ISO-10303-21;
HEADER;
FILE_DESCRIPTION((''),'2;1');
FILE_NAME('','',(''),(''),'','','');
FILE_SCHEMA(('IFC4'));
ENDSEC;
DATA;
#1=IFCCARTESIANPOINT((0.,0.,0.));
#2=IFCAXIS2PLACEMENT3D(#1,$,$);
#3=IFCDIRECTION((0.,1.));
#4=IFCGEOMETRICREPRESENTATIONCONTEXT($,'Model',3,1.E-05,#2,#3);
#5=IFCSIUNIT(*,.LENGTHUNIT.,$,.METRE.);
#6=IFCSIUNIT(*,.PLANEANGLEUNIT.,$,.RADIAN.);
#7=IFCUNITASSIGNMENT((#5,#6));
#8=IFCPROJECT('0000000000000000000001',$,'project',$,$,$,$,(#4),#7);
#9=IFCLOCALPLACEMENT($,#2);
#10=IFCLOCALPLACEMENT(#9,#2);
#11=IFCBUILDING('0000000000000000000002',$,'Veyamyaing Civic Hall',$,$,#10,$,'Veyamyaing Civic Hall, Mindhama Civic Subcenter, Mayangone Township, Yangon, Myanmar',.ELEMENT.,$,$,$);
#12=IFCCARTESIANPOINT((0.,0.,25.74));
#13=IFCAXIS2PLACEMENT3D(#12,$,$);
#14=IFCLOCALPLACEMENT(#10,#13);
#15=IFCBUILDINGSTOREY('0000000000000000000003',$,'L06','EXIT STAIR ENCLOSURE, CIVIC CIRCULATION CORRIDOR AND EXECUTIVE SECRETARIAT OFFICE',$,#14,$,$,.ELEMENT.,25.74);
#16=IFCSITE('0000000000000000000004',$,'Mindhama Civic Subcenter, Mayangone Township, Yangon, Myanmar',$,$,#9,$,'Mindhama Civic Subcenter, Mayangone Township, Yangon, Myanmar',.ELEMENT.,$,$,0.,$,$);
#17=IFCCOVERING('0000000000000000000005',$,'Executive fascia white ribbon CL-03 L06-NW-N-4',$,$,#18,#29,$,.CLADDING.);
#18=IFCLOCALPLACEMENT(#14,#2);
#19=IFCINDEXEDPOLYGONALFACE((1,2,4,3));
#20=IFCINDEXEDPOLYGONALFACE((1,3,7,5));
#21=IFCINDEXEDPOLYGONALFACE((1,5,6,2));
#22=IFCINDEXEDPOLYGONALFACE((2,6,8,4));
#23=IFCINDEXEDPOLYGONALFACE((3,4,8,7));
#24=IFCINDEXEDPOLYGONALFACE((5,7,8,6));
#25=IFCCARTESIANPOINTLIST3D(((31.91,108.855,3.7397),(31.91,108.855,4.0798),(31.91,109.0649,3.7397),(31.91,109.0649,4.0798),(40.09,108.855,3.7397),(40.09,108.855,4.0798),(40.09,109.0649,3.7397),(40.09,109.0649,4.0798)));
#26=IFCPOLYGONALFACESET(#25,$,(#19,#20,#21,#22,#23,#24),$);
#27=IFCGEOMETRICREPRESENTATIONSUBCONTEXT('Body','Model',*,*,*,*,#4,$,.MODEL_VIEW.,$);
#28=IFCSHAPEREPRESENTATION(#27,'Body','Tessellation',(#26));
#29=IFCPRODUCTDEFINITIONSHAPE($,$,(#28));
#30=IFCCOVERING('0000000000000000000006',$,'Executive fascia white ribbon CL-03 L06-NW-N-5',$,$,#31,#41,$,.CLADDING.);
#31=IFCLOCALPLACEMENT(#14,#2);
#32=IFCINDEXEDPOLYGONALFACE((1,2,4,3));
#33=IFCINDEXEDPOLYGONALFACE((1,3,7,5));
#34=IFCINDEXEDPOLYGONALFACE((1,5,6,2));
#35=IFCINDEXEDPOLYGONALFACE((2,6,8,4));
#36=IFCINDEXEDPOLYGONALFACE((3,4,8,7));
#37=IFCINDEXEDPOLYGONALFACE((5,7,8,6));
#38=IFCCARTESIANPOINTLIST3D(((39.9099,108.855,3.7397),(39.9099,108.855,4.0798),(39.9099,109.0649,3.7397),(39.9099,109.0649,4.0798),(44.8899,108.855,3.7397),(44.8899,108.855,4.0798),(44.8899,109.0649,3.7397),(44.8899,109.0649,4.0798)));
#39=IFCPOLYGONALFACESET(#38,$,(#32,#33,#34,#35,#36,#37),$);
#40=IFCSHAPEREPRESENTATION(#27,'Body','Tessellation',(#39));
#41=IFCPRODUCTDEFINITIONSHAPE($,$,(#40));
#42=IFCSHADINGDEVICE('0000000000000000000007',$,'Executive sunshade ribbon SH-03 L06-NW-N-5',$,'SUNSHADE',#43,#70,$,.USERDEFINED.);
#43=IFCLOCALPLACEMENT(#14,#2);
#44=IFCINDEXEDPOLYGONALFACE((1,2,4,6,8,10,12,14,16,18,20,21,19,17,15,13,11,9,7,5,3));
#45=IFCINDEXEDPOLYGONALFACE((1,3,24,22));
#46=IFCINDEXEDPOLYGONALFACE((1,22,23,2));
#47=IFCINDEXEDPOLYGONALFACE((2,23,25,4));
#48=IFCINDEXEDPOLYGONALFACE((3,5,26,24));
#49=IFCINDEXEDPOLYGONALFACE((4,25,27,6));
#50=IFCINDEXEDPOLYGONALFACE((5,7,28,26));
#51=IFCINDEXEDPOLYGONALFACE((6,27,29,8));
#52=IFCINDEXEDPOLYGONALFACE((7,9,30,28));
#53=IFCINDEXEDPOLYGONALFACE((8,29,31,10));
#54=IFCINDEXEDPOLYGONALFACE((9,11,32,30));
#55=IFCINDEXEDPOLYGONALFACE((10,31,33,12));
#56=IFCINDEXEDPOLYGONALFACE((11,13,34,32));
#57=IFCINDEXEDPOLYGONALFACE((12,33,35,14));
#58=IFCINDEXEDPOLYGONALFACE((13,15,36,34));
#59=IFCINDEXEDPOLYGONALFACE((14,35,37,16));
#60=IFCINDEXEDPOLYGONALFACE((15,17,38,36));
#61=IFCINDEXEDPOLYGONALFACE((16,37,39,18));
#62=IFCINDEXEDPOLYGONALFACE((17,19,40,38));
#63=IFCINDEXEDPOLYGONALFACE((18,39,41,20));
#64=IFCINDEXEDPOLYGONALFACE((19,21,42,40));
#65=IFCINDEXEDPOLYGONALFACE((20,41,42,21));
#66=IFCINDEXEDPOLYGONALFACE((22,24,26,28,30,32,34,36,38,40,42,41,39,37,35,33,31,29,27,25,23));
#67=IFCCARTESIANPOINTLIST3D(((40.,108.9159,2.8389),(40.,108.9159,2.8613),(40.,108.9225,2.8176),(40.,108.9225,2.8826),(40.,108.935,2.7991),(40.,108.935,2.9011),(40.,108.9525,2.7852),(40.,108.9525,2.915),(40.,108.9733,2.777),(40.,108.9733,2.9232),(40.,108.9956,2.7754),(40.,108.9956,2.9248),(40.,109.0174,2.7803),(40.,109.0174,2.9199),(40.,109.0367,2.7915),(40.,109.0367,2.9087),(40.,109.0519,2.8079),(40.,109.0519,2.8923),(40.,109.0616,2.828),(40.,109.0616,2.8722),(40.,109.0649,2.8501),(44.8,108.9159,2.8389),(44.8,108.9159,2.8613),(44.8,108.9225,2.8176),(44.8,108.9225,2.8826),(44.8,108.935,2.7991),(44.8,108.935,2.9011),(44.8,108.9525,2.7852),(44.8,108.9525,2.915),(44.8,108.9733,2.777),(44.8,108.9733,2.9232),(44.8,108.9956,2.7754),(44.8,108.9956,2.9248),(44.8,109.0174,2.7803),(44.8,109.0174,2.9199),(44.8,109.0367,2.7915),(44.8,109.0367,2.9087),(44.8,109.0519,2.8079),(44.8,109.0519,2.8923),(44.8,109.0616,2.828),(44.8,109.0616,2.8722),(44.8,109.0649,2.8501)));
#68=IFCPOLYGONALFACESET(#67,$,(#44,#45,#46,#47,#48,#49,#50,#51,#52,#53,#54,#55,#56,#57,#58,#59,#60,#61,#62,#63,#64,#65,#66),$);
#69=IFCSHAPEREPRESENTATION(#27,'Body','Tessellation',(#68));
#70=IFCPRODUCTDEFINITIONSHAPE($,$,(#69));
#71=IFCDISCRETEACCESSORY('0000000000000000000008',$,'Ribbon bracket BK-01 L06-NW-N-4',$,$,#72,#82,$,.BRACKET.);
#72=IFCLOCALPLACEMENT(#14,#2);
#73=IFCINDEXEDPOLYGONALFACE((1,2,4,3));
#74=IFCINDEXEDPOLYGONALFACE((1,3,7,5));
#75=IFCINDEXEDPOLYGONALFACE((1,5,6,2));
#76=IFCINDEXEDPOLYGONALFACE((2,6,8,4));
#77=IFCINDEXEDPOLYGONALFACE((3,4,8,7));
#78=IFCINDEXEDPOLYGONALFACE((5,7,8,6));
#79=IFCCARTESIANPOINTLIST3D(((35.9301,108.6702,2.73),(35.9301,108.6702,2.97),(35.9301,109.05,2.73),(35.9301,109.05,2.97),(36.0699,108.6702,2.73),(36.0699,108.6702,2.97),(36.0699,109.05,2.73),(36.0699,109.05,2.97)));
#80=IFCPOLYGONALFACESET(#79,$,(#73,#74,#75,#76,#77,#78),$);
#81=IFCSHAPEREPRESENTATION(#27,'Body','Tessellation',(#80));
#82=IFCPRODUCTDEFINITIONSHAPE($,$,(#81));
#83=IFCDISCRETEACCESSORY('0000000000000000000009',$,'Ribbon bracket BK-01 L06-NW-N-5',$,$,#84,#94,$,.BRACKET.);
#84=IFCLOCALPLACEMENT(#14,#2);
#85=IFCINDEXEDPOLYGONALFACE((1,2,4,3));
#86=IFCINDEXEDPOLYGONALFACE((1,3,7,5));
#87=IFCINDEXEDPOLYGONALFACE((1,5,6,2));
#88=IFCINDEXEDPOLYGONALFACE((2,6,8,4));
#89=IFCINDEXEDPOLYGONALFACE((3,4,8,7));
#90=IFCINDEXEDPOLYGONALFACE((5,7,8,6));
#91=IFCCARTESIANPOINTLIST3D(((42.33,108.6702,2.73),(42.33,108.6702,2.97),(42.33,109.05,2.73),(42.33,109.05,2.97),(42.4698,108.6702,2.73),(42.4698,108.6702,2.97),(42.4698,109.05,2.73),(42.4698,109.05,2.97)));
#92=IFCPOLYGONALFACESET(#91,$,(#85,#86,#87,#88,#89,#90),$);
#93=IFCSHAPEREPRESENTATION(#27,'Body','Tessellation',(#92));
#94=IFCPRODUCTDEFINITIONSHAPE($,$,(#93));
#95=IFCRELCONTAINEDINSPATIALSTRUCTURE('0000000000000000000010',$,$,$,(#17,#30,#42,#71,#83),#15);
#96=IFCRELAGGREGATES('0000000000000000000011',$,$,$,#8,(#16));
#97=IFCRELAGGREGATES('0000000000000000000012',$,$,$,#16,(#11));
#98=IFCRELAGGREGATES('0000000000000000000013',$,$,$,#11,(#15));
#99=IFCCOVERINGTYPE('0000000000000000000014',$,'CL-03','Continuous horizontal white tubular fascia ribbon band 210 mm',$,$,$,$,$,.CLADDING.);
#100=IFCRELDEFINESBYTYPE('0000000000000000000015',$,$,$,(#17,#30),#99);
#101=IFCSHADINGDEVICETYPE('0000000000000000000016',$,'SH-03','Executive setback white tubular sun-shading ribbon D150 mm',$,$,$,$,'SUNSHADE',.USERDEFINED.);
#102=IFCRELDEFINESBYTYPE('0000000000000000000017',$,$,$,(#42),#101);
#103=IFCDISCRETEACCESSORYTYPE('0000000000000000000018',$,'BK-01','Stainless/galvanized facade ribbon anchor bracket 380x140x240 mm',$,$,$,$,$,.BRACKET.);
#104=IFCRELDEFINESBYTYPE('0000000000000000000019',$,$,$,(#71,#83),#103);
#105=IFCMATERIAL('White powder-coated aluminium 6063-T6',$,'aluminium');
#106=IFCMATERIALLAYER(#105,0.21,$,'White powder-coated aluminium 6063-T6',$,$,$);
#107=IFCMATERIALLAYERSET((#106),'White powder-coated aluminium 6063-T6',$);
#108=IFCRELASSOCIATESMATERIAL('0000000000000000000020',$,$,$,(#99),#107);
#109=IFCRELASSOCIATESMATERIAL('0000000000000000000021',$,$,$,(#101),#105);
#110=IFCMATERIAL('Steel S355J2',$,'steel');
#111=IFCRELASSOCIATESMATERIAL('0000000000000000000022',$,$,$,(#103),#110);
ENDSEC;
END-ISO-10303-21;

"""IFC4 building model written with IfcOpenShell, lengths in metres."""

from ifc_helpers import new_model, si_unit, direction, frame, origin, origin_2d, place, context, subcontext, project, spatial, rectangle, circle, extrude, material, layer, layer_set, material_profile, profile_set, type_object, element, save


model = new_model("IFC4")

# Units and contexts
model_context = context("Model", 3, precision=1e-05, world=origin(), true_north=direction((0.0, 1.0)))
body_context = subcontext(model_context, "Body", "Model", "MODEL_VIEW")
ifc_project = project(units=[si_unit("LENGTHUNIT", "METRE"), si_unit("PLANEANGLEUNIT", "RADIAN")], contexts=[model_context])

# Site, building, storey
site_placement = place(None, origin())
site = spatial("IfcSite", under=ifc_project, at=site_placement, Name="Mindhama Civic Subcenter, Mayangone Township, Yangon, Myanmar", LongName="Mindhama Civic Subcenter, Mayangone Township, Yangon, Myanmar", CompositionType="ELEMENT", RefElevation=0.0)
building_placement = place(site_placement, origin())
building = spatial("IfcBuilding", under=site, at=building_placement, Name="Veyamyaing Civic Hall", LongName="Veyamyaing Civic Hall, Mindhama Civic Subcenter, Mayangone Township, Yangon, Myanmar", CompositionType="ELEMENT")
storey_placement = place(building_placement, frame((0.0, 0.0, 25.74)))
storey = spatial("IfcBuildingStorey", under=building, at=storey_placement, Name="L06", Description="EXIT STAIR ENCLOSURE, CIVIC CIRCULATION CORRIDOR AND EXECUTIVE SECRETARIAT OFFICE", CompositionType="ELEMENT", Elevation=25.74)

# Coverings
ifc_material_1 = material(Name="White powder-coated aluminium 6063-T6", Category="aluminium")
ifc_layer_1 = layer(ifc_material_1, 0.21, Name="White powder-coated aluminium 6063-T6")
ifc_layer_set_1 = layer_set([ifc_layer_1], Name="White powder-coated aluminium 6063-T6")
covering_type = type_object("IfcCoveringType", Name="CL-03", Description="Continuous horizontal white tubular fascia ribbon band 210 mm", PredefinedType="CLADDING", material=ifc_layer_set_1)
covering_1_placement = place(storey_placement, frame((36.0, 108.96, 3.7397), z_axis=(0.0, 0.0, 1.0), x_axis=(1.0, 0.0, 0.0)))
element("IfcCovering", 1, at=covering_1_placement, inside=storey, type_object=covering_type, Name="Executive fascia white ribbon CL-03 L06-NW-N-4", PredefinedType="CLADDING", context=body_context, shape_type="SweptSolid", body=[
    extrude(rectangle(XDim=8.1799, YDim=0.21, at=origin_2d()), origin(), (0.0, 0.0, 1.0), 0.3401),
])
covering_2_placement = place(storey_placement, frame((42.3999, 108.96, 3.7397), z_axis=(0.0, 0.0, 1.0), x_axis=(1.0, 0.0, 0.0)))
element("IfcCovering", 2, at=covering_2_placement, inside=storey, type_object=covering_type, Name="Executive fascia white ribbon CL-03 L06-NW-N-5", PredefinedType="CLADDING", context=body_context, shape_type="SweptSolid", body=[
    extrude(rectangle(XDim=4.98, YDim=0.21, at=origin_2d()), origin(), (0.0, 0.0, 1.0), 0.3401),
])

# Shared definitions
ifc_material_2 = material(Name="Steel S355J2", Category="steel")

# Shading device
ifc_material_profile_1 = material_profile(ifc_material_1, circle(Radius=0.075, at=origin_2d()), Name="SHADE-TUBE-150")
ifc_profile_set_1 = profile_set([ifc_material_profile_1], Name="White powder-coated aluminium 6063-T6")
shading_device_type = type_object("IfcShadingDeviceType", Name="SH-03", Description="Executive setback white tubular sun-shading ribbon D150 mm", ElementType="SUNSHADE", PredefinedType="USERDEFINED", material=ifc_profile_set_1)
shading_device_placement = place(storey_placement, frame((40.0, 108.99, 2.8501), z_axis=(1.0, 0.0, 0.0), x_axis=(0.0, 1.0, 0.0)))
element("IfcShadingDevice", 3, at=shading_device_placement, inside=storey, type_object=shading_device_type, Name="Executive sunshade ribbon SH-03 L06-NW-N-5", ObjectType="SUNSHADE", PredefinedType="USERDEFINED", context=body_context, shape_type="SweptSolid", body=[
    extrude(circle(Radius=0.075, at=origin_2d()), origin(), (0.0, 0.0, 1.0), 4.8),
])

# Discrete accessories
discrete_accessory_type = type_object("IfcDiscreteAccessoryType", Name="BK-01", Description="Stainless/galvanized facade ribbon anchor bracket 380x140x240 mm", PredefinedType="BRACKET", material=ifc_material_2)
for number, where, z_axis, x_axis, name in (
    (4, (36.0, 108.8601, 2.73), (0.0, 0.0, 1.0), (0.0, 1.0, 0.0), "Ribbon bracket BK-01 L06-NW-N-4"),
    (5, (42.3999, 108.8601, 2.73), (0.0, 0.0, 1.0), (0.0, 1.0, 0.0), "Ribbon bracket BK-01 L06-NW-N-5"),
):
    element("IfcDiscreteAccessory", number, at=place(storey_placement, frame(where, z_axis=z_axis, x_axis=x_axis)), inside=storey, type_object=discrete_accessory_type, Name=name, PredefinedType="BRACKET", context=body_context, shape_type="SweptSolid", body=[
        extrude(rectangle(XDim=0.3799, YDim=0.1399, at=origin_2d()), origin(), (0.0, 0.0, 1.0), 0.24),
    ])

save(model, "model.ifc")
